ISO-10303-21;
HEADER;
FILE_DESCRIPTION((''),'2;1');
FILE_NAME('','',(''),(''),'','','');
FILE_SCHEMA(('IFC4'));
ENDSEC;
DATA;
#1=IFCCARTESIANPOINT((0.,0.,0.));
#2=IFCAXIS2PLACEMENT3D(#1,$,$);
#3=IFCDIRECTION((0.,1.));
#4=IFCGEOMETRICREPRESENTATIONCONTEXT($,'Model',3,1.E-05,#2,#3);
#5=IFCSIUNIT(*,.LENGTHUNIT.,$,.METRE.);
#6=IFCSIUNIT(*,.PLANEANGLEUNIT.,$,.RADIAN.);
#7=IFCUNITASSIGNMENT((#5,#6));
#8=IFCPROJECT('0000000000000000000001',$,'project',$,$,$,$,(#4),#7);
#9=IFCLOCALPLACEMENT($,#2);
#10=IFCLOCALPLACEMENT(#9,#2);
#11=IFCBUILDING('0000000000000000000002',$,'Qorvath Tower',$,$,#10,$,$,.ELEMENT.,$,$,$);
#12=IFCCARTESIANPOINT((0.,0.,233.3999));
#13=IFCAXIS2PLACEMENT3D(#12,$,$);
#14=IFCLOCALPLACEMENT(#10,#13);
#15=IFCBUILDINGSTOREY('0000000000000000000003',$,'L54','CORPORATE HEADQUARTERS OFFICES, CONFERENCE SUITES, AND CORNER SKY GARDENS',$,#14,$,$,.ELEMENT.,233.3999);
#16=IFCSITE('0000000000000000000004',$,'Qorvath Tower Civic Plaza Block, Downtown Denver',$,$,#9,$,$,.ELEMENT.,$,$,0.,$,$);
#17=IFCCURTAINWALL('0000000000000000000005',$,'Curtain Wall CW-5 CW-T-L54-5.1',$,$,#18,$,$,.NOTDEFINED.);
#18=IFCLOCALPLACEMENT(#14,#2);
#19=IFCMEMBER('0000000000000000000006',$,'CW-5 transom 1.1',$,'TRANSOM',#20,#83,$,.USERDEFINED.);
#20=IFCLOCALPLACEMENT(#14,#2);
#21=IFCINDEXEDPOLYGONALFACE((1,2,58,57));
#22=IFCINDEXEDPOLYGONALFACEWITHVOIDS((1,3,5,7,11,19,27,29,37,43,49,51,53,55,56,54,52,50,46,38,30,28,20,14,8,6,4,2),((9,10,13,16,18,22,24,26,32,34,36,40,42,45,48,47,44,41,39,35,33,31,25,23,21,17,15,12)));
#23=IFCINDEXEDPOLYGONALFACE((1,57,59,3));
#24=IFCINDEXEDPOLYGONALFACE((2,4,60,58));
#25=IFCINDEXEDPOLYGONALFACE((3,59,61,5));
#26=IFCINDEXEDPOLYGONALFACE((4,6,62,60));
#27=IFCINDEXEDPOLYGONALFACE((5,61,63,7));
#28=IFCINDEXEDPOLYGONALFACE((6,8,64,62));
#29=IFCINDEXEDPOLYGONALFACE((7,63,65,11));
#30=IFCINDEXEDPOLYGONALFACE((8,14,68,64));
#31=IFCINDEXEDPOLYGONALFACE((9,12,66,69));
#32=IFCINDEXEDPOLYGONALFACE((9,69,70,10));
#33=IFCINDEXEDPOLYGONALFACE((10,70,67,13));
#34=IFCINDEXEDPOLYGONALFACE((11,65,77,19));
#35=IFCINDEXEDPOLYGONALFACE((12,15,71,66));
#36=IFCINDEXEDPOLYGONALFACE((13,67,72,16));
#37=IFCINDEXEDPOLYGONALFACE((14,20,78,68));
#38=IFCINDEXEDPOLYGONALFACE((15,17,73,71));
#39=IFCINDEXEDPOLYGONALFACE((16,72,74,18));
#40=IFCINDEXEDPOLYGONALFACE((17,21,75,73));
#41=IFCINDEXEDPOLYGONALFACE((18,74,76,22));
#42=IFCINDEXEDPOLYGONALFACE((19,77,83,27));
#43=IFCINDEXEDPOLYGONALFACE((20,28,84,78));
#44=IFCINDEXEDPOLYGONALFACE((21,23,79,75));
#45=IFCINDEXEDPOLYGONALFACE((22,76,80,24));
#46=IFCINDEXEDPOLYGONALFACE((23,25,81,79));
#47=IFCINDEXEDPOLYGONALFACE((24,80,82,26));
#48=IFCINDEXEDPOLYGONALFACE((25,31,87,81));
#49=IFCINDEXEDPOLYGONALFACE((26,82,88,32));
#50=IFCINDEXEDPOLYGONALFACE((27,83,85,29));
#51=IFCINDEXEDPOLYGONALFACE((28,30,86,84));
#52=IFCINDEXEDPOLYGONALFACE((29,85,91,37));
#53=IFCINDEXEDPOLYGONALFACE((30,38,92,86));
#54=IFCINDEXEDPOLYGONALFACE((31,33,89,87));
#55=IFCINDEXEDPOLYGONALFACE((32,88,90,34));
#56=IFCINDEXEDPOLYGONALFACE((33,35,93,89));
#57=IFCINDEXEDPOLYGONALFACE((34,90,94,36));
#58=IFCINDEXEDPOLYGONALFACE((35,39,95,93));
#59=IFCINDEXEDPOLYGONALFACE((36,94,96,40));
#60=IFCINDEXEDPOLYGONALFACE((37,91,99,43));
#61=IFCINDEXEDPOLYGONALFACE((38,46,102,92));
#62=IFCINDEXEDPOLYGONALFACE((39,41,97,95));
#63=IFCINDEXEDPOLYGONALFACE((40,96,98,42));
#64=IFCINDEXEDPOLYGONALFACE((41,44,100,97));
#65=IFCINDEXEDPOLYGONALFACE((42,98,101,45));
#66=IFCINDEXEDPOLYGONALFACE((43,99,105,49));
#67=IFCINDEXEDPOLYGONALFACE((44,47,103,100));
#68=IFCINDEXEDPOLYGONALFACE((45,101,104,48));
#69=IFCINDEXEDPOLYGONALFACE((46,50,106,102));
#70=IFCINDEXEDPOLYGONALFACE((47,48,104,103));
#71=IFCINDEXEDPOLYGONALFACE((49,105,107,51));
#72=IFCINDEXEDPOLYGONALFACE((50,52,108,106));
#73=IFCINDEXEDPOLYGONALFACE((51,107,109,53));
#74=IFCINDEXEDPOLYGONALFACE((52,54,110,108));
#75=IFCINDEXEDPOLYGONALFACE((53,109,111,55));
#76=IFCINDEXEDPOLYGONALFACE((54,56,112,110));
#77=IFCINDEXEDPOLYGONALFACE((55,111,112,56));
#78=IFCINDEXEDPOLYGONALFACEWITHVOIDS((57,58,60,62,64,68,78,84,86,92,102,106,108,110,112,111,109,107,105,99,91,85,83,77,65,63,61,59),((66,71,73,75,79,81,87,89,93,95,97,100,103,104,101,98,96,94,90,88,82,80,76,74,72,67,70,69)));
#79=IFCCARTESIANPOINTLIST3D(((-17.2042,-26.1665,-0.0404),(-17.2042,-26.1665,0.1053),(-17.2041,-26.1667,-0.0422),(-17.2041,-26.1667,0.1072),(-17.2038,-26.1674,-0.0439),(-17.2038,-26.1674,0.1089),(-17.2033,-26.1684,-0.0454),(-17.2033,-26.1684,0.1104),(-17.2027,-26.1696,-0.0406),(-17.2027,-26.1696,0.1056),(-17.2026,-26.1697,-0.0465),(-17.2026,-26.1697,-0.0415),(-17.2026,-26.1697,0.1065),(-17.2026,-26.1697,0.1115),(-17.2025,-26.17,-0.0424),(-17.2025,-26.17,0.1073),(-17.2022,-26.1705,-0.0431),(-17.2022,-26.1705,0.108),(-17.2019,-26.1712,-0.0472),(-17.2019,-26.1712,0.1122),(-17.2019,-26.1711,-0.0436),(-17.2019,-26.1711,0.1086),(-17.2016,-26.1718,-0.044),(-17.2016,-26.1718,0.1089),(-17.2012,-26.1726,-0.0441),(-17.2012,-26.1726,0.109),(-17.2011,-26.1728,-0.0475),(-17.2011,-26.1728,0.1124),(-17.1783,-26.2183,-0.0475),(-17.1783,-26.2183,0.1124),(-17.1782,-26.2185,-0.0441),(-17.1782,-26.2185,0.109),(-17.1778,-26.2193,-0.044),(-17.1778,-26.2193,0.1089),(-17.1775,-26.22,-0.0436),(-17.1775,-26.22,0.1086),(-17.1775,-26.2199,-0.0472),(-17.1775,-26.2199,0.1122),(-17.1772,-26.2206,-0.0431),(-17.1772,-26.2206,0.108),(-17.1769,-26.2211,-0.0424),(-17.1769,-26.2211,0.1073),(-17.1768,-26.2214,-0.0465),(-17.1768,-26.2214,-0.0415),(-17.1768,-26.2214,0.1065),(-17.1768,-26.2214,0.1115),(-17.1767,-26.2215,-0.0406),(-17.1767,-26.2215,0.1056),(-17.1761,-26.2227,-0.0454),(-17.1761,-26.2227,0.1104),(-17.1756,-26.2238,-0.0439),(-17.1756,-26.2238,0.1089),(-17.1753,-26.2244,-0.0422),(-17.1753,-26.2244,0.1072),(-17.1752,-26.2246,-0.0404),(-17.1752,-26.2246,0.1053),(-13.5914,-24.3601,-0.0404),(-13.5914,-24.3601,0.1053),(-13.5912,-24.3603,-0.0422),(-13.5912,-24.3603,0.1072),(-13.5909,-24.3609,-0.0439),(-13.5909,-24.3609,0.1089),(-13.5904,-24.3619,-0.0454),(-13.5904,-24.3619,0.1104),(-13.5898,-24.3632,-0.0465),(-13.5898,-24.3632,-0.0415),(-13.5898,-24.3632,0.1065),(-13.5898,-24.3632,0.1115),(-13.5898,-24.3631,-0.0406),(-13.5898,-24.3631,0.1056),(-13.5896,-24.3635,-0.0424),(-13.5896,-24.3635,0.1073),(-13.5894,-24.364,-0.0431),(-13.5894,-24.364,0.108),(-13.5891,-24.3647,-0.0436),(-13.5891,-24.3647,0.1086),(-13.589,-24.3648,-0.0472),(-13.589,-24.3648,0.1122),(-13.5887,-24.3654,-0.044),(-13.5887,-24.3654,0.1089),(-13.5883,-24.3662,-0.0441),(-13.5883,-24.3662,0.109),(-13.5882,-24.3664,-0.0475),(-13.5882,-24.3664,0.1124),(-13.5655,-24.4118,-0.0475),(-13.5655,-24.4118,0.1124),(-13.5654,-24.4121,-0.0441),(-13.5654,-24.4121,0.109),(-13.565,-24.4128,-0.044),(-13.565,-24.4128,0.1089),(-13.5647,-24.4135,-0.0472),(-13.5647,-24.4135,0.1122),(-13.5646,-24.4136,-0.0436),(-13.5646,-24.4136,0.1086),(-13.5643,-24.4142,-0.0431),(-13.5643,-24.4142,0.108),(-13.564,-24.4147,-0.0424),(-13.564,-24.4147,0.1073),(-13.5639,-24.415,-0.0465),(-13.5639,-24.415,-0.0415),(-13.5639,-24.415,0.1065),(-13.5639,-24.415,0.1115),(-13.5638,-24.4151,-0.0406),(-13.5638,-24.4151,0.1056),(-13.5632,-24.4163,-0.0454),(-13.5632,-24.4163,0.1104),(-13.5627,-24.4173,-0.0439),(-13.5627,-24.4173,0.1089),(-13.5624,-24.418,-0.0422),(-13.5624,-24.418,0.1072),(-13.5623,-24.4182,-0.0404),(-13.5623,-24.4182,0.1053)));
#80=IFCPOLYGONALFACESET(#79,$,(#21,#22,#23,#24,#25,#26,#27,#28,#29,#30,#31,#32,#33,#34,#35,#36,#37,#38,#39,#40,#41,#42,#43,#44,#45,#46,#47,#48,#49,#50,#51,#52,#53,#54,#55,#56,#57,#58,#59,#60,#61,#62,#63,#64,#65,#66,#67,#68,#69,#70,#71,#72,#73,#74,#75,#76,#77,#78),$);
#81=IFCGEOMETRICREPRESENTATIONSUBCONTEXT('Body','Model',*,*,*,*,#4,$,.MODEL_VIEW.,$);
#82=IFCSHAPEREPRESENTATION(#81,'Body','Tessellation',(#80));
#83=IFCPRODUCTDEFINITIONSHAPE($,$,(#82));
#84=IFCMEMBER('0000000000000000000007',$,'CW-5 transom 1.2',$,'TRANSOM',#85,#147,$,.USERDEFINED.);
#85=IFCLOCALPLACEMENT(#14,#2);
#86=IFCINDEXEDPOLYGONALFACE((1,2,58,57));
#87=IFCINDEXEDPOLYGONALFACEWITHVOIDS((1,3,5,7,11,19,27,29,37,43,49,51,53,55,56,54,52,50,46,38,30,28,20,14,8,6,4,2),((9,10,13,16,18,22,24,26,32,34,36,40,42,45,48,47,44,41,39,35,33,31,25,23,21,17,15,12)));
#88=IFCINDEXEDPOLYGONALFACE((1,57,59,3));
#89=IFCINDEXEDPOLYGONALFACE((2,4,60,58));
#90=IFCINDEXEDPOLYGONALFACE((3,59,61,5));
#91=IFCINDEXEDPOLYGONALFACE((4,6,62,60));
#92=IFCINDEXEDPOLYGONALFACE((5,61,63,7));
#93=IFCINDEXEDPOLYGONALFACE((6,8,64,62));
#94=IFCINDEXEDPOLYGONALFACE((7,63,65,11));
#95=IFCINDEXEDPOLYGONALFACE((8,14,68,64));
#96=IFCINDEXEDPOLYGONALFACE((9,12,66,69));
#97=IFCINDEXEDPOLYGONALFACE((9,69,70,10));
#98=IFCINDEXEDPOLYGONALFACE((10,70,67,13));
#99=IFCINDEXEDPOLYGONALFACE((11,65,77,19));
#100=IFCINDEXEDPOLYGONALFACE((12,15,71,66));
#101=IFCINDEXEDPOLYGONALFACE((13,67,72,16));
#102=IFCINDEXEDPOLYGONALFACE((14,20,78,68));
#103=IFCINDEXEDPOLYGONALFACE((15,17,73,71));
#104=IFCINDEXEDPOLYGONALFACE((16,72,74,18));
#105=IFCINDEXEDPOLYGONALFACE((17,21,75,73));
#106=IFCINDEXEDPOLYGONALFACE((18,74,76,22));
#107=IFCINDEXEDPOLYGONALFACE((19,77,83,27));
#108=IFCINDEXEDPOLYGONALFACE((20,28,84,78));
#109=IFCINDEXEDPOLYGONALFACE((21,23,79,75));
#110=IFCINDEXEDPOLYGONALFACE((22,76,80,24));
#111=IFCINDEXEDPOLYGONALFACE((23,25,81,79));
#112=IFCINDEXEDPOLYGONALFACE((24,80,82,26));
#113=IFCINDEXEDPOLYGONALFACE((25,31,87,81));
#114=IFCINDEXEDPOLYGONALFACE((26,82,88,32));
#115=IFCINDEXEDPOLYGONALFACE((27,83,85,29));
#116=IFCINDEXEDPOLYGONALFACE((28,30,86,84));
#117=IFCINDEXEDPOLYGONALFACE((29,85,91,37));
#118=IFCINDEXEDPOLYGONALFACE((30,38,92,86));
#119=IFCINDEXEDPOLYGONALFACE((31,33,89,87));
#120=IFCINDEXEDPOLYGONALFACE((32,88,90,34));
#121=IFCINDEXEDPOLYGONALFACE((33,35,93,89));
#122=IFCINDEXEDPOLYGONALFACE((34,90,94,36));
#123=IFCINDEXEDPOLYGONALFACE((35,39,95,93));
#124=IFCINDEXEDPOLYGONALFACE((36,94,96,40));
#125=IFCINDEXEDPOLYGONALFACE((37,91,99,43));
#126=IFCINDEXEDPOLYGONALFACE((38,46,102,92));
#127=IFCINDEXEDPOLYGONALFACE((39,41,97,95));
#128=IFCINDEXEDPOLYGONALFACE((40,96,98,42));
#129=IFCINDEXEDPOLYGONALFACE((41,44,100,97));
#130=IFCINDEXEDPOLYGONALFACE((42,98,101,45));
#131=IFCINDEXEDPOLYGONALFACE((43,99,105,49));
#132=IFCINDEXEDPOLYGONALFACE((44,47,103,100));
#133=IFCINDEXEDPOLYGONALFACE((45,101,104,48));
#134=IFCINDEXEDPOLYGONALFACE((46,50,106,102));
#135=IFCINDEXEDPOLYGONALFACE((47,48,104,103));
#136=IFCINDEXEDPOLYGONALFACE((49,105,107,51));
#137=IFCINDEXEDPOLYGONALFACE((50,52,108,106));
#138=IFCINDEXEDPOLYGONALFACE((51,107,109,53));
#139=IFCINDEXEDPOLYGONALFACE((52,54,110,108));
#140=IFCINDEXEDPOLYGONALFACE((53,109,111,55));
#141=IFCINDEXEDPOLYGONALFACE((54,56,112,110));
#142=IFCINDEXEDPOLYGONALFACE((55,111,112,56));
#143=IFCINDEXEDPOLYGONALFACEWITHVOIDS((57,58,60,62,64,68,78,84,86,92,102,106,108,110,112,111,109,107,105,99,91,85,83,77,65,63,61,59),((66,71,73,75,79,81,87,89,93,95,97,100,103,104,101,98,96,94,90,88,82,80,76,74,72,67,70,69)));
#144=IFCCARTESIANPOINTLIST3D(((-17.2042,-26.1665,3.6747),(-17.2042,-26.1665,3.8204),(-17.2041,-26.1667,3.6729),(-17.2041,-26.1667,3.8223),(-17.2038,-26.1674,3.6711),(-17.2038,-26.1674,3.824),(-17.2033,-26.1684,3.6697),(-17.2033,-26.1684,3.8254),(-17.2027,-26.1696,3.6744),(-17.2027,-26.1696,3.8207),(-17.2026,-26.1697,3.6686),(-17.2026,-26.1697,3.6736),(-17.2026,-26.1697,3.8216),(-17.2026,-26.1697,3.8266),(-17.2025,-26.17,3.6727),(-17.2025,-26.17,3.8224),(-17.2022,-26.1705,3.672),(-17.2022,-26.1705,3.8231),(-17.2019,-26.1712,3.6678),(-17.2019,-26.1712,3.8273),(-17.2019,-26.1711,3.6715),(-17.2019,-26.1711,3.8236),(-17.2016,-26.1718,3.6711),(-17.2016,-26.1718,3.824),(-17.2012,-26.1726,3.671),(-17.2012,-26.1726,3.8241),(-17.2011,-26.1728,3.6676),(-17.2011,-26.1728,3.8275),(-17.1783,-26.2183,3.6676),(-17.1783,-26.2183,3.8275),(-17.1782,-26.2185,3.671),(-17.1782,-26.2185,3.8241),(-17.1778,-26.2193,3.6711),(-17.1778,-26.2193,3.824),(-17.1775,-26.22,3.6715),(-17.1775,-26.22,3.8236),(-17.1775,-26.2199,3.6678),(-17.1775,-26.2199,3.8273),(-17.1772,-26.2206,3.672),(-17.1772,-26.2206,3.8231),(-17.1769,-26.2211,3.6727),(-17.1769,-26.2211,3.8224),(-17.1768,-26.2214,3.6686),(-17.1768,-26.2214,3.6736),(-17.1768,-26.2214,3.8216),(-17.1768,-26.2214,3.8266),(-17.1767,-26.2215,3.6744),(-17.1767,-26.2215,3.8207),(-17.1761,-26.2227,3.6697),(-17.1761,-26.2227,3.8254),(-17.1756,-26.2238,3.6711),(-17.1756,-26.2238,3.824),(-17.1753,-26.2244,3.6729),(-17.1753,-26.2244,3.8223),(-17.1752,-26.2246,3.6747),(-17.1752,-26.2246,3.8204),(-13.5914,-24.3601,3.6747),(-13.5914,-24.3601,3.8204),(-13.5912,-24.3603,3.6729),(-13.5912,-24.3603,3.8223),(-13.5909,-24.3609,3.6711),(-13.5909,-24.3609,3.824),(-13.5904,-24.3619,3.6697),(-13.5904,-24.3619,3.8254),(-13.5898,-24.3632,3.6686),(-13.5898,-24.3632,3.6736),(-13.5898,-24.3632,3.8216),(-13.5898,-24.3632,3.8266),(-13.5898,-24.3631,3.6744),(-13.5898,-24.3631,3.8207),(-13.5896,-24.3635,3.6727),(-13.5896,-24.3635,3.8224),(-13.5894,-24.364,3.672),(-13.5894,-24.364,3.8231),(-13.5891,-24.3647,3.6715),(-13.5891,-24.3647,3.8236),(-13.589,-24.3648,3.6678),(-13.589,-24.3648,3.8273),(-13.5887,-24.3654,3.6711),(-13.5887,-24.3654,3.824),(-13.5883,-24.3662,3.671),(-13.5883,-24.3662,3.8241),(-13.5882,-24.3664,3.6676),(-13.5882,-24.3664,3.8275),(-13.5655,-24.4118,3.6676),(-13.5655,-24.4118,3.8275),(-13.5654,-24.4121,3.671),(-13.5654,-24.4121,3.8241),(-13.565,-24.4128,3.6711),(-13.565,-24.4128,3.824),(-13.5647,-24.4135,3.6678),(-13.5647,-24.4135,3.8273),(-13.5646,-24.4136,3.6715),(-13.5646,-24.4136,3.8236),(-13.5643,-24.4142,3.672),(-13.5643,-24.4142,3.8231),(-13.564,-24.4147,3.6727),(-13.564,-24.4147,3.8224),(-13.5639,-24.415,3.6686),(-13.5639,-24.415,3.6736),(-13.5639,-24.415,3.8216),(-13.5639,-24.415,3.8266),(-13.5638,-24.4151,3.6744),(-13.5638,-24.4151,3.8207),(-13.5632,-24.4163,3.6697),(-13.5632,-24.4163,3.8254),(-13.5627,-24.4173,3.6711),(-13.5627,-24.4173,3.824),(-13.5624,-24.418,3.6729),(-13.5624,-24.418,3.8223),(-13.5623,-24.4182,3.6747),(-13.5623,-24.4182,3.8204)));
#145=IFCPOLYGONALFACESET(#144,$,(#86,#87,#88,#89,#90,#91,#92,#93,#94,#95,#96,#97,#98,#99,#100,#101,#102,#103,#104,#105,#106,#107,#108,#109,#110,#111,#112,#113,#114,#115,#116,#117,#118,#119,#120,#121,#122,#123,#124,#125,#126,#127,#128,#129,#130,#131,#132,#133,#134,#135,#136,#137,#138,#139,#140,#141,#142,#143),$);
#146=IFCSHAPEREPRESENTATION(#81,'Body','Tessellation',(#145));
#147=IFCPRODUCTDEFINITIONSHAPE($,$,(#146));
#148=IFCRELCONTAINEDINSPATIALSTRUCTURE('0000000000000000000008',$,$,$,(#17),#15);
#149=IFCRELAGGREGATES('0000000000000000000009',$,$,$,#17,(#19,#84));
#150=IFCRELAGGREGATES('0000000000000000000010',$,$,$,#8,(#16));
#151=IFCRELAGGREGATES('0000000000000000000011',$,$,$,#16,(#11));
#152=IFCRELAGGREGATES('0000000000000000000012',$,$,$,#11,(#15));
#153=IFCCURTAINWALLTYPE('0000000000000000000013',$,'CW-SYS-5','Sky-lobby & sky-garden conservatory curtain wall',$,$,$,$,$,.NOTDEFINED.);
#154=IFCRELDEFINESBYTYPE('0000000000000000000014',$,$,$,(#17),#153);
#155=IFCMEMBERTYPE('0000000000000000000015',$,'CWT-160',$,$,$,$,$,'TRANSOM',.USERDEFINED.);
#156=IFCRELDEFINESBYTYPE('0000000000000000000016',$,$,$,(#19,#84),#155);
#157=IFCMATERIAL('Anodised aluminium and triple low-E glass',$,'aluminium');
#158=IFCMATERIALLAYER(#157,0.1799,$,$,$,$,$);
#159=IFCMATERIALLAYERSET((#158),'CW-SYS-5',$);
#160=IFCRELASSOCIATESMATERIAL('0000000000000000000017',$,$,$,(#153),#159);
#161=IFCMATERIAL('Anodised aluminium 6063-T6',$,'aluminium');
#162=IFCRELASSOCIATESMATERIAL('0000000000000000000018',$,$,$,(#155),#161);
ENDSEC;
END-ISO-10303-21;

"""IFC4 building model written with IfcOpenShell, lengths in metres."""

from ifc_helpers import new_model, si_unit, direction, frame, origin, origin_2d, place, context, subcontext, project, spatial, hollow_rectangle, extrude, material, layer, layer_set, material_profile, profile_set, type_object, element, aggregate, save


model = new_model("IFC4")

# Units and contexts
model_context = context("Model", 3, precision=1e-05, world=origin(), true_north=direction((0.0, 1.0)))
body_context = subcontext(model_context, "Body", "Model", "MODEL_VIEW")
ifc_project = project(units=[si_unit("LENGTHUNIT", "METRE"), si_unit("PLANEANGLEUNIT", "RADIAN")], contexts=[model_context])

# Site, building, storey
site_placement = place(None, origin())
site = spatial("IfcSite", under=ifc_project, at=site_placement, Name="Qorvath Tower Civic Plaza Block, Downtown Denver", CompositionType="ELEMENT", RefElevation=0.0)
building_placement = place(site_placement, origin())
building = spatial("IfcBuilding", under=site, at=building_placement, Name="Qorvath Tower", CompositionType="ELEMENT")
storey_placement = place(building_placement, frame((0.0, 0.0, 233.3999)))
storey = spatial("IfcBuildingStorey", under=building, at=storey_placement, Name="L54", Description="CORPORATE HEADQUARTERS OFFICES, CONFERENCE SUITES, AND CORNER SKY GARDENS", CompositionType="ELEMENT", Elevation=233.3999)

# Shared definitions
ifc_material_1 = material(Name="Anodised aluminium and triple low-E glass", Category="aluminium")
ifc_layer_1 = layer(ifc_material_1, 0.1799)
ifc_layer_set_1 = layer_set([ifc_layer_1], Name="CW-SYS-5")
curtain_wall_type = type_object("IfcCurtainWallType", Name="CW-SYS-5", Description="Sky-lobby & sky-garden conservatory curtain wall", PredefinedType="NOTDEFINED", material=ifc_layer_set_1)

# Curtain wall
curtain_wall_1_placement = place(storey_placement, origin())
curtain_wall_1 = element("IfcCurtainWall", 1, at=curtain_wall_1_placement, inside=storey, type_object=curtain_wall_type, Name="Curtain Wall CW-5 CW-T-L54-5.1", PredefinedType="NOTDEFINED")

# Members
ifc_material_2 = material(Name="Anodised aluminium 6063-T6", Category="aluminium")
ifc_material_profile_1 = material_profile(ifc_material_2, hollow_rectangle(XDim=0.0649, YDim=0.1599, WallThickness=0.0034, InnerFilletRadius=0.0034, OuterFilletRadius=0.0071, at=origin_2d()), Name="CWT 160x65")
ifc_profile_set_1 = profile_set([ifc_material_profile_1], Name="Anodised aluminium 6063-T6")
member_type_1 = type_object("IfcMemberType", Name="CWT-160", ElementType="TRANSOM", PredefinedType="USERDEFINED", material=ifc_profile_set_1)
member_1_placement = place(storey_placement, frame((-17.1897, -26.1956, 0.0325), z_axis=(0.894427, 0.447214, 0.0), x_axis=(-0.447214, 0.894427, 0.0)))
member_1 = element("IfcMember", 2, at=member_1_placement, type_object=member_type_1, Name="CW-5 transom 1.1", ObjectType="TRANSOM", PredefinedType="USERDEFINED", context=body_context, shape_type="SweptSolid", body=[
    extrude(hollow_rectangle(XDim=0.0649, YDim=0.1599, WallThickness=0.0034, InnerFilletRadius=0.0034, OuterFilletRadius=0.0071, at=origin_2d()), origin(), (0.0, 0.0, 1.0), 4.0393),
])
member_2_placement = place(storey_placement, frame((-17.1897, -26.1956, 3.7476), z_axis=(0.894427, 0.447214, 0.0), x_axis=(-0.447214, 0.894427, 0.0)))
member_2 = element("IfcMember", 3, at=member_2_placement, type_object=member_type_1, Name="CW-5 transom 1.2", ObjectType="TRANSOM", PredefinedType="USERDEFINED", context=body_context, shape_type="SweptSolid", body=[
    extrude(hollow_rectangle(XDim=0.0649, YDim=0.1599, WallThickness=0.0034, InnerFilletRadius=0.0034, OuterFilletRadius=0.0071, at=origin_2d()), origin(), (0.0, 0.0, 1.0), 4.0393),
])

aggregate(curtain_wall_1, [member_1, member_2])

save(model, "model.ifc")
